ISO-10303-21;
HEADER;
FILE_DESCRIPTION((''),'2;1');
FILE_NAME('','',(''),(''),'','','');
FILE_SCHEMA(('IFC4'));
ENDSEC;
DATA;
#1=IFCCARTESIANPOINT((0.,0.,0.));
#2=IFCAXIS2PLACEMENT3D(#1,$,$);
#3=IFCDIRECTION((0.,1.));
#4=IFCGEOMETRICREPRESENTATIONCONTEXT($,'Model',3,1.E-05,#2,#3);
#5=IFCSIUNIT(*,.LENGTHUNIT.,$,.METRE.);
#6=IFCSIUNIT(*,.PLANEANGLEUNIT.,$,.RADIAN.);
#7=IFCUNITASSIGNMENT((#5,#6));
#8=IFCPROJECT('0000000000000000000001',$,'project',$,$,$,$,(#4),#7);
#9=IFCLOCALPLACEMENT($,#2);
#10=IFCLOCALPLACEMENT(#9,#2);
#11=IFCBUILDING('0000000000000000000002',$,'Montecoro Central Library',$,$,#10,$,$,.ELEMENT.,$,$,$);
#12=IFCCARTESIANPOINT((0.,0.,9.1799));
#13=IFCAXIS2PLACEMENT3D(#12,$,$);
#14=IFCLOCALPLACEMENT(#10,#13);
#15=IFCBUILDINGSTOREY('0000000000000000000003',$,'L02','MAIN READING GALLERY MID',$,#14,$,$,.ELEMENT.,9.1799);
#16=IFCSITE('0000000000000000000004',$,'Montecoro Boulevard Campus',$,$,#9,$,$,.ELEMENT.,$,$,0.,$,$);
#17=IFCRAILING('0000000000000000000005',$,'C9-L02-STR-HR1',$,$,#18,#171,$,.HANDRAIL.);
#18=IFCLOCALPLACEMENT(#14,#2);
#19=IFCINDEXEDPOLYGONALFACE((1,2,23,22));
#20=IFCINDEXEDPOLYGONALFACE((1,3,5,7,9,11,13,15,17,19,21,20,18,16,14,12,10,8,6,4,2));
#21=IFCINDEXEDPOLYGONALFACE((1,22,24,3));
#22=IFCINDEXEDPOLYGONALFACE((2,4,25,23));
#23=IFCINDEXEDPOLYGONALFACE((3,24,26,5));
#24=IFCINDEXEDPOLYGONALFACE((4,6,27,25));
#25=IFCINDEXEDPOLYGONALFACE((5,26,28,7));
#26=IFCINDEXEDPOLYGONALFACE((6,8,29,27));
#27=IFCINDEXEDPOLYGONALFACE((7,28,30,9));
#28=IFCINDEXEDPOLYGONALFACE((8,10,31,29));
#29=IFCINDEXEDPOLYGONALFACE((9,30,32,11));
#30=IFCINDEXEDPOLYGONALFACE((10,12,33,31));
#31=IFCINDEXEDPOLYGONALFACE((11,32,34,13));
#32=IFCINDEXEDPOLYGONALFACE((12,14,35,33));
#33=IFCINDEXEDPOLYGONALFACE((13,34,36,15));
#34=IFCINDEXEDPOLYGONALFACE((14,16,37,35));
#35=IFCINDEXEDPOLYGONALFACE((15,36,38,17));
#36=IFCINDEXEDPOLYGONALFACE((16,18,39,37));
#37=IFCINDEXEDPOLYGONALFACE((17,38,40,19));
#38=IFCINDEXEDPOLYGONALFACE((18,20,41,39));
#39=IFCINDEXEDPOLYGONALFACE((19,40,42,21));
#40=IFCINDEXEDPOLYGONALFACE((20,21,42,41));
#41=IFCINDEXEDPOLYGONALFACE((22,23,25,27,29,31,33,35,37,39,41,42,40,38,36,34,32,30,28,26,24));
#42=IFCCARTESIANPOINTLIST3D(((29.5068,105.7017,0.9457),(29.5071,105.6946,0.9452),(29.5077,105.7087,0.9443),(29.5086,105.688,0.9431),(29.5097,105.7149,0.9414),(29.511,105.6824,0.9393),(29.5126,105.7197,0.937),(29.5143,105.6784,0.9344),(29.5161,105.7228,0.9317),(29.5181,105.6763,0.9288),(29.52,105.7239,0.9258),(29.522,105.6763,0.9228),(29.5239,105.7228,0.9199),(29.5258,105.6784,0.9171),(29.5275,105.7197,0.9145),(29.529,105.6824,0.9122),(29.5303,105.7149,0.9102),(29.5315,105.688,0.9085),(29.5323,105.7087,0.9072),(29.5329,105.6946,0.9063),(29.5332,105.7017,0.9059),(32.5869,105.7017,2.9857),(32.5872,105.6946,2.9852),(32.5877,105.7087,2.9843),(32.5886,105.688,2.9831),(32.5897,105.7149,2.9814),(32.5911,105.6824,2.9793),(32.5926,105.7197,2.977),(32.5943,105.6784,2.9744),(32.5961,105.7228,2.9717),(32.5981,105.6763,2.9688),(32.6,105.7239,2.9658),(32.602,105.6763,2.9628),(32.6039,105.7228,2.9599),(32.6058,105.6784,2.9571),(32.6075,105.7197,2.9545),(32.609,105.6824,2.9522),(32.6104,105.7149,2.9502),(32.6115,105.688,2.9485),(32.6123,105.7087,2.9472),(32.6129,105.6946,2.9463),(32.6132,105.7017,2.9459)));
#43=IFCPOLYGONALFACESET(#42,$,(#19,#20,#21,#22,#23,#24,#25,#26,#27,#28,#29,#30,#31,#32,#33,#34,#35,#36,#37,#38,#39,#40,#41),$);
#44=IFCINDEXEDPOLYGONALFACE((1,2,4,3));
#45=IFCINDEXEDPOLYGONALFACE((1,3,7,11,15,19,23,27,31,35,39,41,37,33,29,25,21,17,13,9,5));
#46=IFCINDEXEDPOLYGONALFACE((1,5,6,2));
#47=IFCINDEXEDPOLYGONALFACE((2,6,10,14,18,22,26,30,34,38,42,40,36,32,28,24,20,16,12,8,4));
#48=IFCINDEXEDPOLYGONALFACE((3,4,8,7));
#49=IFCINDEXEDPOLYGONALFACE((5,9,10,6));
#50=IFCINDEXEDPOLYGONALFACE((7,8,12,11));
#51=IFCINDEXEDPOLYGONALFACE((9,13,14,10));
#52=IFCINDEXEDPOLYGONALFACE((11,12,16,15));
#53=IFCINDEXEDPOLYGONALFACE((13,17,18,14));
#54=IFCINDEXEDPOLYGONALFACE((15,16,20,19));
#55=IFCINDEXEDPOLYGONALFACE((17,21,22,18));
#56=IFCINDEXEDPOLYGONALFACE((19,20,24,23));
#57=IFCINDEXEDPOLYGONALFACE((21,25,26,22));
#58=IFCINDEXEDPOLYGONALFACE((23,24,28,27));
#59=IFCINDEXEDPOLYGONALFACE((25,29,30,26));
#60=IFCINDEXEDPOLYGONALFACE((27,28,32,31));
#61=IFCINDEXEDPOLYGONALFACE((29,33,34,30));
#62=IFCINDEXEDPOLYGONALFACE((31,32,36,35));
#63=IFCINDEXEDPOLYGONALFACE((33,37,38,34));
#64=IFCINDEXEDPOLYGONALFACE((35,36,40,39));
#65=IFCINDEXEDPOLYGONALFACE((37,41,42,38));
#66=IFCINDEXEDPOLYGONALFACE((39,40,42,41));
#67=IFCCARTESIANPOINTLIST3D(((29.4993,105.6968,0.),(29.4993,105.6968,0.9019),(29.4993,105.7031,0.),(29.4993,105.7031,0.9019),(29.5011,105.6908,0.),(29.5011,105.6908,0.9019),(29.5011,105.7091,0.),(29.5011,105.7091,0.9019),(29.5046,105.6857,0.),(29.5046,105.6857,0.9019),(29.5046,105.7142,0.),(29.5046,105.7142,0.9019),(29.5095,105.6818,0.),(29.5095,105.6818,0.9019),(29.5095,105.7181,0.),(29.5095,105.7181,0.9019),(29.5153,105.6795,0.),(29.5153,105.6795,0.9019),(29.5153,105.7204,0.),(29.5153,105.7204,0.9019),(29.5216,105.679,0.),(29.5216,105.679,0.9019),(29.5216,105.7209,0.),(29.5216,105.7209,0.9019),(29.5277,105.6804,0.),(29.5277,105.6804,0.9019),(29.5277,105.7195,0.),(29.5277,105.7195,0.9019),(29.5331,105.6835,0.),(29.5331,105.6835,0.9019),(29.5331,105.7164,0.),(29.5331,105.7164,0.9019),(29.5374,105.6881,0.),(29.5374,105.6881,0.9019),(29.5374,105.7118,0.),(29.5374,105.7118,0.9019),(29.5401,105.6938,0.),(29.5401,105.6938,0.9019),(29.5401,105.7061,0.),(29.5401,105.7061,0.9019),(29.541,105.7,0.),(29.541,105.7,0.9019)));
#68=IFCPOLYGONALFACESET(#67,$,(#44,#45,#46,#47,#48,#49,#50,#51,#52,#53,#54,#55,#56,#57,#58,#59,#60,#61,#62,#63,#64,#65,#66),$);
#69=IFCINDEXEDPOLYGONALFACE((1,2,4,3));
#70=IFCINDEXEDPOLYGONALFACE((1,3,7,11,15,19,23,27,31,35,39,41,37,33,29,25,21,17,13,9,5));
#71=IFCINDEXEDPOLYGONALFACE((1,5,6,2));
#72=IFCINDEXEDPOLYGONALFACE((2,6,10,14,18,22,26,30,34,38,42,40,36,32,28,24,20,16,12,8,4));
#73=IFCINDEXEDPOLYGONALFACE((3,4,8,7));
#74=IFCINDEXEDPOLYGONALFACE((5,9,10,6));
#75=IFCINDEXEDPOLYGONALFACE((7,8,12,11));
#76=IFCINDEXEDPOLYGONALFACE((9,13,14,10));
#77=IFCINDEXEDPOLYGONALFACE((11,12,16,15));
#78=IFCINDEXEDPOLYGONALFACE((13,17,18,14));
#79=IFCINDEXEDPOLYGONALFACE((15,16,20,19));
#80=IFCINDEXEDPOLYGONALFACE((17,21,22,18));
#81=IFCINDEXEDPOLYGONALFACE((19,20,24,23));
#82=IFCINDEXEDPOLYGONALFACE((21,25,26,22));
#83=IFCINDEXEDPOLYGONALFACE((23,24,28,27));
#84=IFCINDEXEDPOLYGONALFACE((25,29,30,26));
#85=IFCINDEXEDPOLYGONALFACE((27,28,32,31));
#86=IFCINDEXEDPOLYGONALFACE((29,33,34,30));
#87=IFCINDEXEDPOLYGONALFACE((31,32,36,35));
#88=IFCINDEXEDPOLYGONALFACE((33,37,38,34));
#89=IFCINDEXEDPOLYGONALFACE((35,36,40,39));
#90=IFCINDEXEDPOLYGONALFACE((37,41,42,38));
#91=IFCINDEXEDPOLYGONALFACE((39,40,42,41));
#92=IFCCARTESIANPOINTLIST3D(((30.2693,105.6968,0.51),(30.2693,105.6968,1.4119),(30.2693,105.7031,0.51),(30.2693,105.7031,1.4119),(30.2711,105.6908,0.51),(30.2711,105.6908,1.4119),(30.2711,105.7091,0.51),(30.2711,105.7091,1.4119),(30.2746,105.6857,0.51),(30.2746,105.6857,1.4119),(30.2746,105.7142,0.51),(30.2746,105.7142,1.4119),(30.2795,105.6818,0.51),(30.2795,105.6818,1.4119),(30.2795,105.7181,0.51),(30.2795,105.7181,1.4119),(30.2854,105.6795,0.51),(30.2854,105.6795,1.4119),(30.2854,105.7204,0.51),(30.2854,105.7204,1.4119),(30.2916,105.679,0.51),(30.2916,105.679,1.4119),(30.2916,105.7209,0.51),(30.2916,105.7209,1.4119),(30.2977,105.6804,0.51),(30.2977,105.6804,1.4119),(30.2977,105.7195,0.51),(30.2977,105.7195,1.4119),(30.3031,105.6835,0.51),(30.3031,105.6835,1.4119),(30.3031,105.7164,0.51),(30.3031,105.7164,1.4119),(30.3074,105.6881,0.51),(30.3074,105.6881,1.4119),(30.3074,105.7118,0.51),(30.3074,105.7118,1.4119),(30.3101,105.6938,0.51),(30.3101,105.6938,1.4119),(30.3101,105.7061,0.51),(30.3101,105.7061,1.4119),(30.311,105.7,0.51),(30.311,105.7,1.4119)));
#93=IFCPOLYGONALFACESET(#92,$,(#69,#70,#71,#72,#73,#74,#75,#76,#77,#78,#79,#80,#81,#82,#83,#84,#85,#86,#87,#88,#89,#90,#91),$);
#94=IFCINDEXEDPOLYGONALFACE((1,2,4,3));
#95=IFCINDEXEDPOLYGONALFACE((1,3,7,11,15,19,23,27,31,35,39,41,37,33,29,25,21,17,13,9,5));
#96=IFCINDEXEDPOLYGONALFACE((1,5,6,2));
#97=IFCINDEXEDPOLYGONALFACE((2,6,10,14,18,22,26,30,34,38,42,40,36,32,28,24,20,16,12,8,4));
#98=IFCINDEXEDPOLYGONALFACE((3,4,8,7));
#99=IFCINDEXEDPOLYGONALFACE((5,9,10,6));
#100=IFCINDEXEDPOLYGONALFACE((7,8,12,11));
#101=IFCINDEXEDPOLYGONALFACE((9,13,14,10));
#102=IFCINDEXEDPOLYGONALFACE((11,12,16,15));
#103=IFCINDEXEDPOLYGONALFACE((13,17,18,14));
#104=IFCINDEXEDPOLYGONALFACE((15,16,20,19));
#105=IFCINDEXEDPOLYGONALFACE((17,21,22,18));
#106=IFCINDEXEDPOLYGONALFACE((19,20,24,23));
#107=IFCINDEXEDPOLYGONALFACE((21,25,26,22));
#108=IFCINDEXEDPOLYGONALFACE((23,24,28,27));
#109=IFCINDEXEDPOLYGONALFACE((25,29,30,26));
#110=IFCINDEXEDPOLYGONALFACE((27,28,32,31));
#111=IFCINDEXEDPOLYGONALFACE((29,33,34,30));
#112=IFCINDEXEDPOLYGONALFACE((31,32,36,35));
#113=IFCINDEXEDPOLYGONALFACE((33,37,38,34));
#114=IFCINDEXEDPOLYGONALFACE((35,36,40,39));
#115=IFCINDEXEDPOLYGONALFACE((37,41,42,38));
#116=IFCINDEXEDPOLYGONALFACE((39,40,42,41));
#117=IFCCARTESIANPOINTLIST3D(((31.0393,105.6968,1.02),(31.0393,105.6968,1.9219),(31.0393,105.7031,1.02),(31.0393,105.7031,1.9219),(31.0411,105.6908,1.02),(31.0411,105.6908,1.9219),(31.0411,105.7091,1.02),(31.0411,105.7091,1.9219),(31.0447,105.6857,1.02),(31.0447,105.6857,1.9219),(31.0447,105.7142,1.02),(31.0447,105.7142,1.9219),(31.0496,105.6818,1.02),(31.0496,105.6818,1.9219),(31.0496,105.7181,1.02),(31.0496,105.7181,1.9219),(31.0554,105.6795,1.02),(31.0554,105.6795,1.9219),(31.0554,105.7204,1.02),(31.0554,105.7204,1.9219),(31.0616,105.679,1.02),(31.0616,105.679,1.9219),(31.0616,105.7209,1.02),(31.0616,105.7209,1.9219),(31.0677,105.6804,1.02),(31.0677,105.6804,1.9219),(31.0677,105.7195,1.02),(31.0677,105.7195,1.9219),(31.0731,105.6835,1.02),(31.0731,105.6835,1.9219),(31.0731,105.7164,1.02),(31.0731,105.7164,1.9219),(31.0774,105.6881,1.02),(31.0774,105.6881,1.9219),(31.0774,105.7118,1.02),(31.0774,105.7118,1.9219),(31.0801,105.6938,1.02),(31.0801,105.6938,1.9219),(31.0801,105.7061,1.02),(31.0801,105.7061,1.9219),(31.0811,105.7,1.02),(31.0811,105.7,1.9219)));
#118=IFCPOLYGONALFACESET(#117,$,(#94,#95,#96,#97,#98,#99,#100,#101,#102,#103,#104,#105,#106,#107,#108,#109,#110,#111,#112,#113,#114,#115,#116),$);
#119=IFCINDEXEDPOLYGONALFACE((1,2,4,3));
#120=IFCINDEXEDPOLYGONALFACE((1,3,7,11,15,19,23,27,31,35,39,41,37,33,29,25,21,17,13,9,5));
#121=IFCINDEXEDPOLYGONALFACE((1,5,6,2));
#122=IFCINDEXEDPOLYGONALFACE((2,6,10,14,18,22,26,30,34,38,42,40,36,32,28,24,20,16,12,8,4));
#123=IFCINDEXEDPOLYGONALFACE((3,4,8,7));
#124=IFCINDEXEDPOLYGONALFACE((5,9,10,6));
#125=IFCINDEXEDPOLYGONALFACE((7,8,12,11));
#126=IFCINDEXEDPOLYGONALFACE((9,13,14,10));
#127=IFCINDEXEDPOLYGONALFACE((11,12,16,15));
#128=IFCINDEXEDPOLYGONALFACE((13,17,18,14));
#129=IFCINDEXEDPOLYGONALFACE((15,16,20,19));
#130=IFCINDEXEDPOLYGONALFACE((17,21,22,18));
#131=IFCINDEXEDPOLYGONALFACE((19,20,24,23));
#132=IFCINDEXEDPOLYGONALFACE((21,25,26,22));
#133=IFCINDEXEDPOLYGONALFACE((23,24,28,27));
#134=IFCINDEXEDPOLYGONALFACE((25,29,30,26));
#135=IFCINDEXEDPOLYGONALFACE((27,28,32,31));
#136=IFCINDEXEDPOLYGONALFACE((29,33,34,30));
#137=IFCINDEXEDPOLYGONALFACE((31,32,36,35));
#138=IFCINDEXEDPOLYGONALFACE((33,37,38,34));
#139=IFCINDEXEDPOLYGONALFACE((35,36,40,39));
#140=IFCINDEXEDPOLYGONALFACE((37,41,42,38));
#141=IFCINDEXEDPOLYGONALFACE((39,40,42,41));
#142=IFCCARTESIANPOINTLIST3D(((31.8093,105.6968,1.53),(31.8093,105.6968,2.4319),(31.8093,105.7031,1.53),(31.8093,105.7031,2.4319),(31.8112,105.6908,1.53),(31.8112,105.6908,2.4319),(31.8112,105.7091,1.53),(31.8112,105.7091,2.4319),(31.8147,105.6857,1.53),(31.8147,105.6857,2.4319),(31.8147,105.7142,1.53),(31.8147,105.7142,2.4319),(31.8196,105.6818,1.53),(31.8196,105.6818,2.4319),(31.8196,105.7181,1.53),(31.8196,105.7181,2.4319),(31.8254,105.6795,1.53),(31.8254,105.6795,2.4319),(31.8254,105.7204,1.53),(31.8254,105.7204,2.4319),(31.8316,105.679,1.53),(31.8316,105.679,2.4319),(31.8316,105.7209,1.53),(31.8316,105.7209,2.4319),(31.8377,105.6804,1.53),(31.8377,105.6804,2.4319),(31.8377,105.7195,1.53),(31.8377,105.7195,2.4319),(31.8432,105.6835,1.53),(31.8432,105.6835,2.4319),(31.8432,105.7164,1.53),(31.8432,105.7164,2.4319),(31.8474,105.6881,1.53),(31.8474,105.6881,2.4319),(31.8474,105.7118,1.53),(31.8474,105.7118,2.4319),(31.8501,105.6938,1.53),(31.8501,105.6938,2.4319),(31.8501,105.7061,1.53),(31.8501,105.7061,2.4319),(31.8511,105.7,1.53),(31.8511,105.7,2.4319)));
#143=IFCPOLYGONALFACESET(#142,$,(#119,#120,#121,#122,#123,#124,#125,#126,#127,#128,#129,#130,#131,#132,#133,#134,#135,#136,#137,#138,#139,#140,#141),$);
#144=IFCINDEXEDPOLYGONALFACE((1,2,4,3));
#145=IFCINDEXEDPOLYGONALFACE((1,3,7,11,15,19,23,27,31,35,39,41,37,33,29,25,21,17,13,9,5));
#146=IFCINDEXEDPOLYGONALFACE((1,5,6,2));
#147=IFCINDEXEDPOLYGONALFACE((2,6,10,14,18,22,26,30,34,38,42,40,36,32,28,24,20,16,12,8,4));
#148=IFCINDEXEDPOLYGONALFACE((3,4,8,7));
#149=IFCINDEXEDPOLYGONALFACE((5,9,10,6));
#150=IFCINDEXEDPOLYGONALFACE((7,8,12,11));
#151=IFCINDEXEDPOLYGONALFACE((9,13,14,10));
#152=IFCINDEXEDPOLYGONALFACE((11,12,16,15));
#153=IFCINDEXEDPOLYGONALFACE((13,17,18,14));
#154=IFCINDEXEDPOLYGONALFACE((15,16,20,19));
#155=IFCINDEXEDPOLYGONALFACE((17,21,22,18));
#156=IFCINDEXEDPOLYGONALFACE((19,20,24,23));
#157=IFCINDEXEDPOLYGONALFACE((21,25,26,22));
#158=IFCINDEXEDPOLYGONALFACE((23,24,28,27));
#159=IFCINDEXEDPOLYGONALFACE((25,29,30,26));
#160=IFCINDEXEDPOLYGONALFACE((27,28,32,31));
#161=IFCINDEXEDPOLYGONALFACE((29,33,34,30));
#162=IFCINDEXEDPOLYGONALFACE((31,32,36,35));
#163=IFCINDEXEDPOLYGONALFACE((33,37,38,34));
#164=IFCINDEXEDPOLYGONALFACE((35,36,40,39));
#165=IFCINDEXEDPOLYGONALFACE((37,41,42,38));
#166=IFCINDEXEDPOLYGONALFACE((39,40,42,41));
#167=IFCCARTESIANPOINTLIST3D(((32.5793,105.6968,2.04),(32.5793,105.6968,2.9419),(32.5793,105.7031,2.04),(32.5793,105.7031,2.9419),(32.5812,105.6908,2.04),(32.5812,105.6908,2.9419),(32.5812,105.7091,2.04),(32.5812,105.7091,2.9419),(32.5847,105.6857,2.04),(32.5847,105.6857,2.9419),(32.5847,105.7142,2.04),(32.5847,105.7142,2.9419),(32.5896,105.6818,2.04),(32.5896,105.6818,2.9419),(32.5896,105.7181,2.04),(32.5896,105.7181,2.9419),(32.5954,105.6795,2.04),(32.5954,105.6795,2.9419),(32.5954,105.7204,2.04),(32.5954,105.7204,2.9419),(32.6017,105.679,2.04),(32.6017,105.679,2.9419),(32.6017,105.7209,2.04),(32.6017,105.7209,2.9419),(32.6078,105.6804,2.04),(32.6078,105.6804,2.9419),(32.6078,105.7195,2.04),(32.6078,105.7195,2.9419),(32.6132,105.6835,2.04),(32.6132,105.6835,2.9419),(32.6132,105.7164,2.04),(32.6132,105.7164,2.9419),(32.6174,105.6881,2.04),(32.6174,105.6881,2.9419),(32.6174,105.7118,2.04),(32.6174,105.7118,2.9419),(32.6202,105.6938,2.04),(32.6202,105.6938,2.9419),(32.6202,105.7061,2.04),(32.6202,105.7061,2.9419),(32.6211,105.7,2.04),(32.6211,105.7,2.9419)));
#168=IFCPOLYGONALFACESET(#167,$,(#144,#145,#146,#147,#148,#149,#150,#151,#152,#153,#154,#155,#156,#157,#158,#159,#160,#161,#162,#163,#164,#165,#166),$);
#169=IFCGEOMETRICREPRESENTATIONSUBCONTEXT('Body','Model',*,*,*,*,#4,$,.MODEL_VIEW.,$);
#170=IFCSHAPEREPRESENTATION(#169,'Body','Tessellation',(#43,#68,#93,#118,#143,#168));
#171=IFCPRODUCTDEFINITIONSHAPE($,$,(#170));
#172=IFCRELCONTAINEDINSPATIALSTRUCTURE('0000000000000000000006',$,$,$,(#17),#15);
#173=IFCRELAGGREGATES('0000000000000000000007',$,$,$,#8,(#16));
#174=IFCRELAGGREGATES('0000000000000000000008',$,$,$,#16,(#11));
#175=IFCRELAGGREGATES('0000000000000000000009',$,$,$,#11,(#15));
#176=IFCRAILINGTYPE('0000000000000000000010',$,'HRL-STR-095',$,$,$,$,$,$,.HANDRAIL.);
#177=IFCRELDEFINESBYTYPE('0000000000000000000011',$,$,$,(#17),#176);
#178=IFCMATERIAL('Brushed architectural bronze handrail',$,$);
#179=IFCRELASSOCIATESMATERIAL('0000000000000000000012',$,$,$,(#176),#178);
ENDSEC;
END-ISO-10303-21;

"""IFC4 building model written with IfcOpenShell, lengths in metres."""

from ifc_helpers import new_model, si_unit, direction, frame, origin, origin_2d, place, context, subcontext, project, spatial, circle, extrude, material, type_object, element, save


model = new_model("IFC4")

# Units and contexts
model_context = context("Model", 3, precision=1e-05, world=origin(), true_north=direction((0.0, 1.0)))
body_context = subcontext(model_context, "Body", "Model", "MODEL_VIEW")
ifc_project = project(units=[si_unit("LENGTHUNIT", "METRE"), si_unit("PLANEANGLEUNIT", "RADIAN")], contexts=[model_context])

# Site, building, storey
site_placement = place(None, origin())
site = spatial("IfcSite", under=ifc_project, at=site_placement, Name="Montecoro Boulevard Campus", CompositionType="ELEMENT", RefElevation=0.0)
building_placement = place(site_placement, origin())
building = spatial("IfcBuilding", under=site, at=building_placement, Name="Montecoro Central Library", CompositionType="ELEMENT")
storey_placement = place(building_placement, frame((0.0, 0.0, 9.1799)))
storey = spatial("IfcBuildingStorey", under=building, at=storey_placement, Name="L02", Description="MAIN READING GALLERY MID", CompositionType="ELEMENT", Elevation=9.1799)

# Railing
ifc_material_1 = material(Name="Brushed architectural bronze handrail")
railing_type_1 = type_object("IfcRailingType", Name="HRL-STR-095", PredefinedType="HANDRAIL", material=ifc_material_1)
railing_1_placement = place(storey_placement, frame((29.52, 105.7, 0.0)))
element("IfcRailing", 1, at=railing_1_placement, inside=storey, type_object=railing_type_1, Name="C9-L02-STR-HR1", PredefinedType="HANDRAIL", context=body_context, shape_type="SweptSolid", body=[
    extrude(circle(Radius=0.0239, at=origin_2d()), frame((0.0, 0.0, 0.9258), z_axis=(0.833714, 0.0, 0.552197), x_axis=(0.0, 1.0, 0.0)), (0.0, 0.0, 1.0), 3.6943),
    extrude(circle(Radius=0.021, at=origin_2d()), origin(), (0.0, 0.0, 1.0), 0.9019),
    extrude(circle(Radius=0.021, at=origin_2d()), frame((0.77, 0.0, 0.51)), (0.0, 0.0, 1.0), 0.9019),
    extrude(circle(Radius=0.021, at=origin_2d()), frame((1.54, 0.0, 1.02)), (0.0, 0.0, 1.0), 0.9019),
    extrude(circle(Radius=0.021, at=origin_2d()), frame((2.3101, 0.0, 1.53)), (0.0, 0.0, 1.0), 0.9019),
    extrude(circle(Radius=0.021, at=origin_2d()), frame((3.0801, 0.0, 2.04)), (0.0, 0.0, 1.0), 0.9019),
])

save(model, "model.ifc")
